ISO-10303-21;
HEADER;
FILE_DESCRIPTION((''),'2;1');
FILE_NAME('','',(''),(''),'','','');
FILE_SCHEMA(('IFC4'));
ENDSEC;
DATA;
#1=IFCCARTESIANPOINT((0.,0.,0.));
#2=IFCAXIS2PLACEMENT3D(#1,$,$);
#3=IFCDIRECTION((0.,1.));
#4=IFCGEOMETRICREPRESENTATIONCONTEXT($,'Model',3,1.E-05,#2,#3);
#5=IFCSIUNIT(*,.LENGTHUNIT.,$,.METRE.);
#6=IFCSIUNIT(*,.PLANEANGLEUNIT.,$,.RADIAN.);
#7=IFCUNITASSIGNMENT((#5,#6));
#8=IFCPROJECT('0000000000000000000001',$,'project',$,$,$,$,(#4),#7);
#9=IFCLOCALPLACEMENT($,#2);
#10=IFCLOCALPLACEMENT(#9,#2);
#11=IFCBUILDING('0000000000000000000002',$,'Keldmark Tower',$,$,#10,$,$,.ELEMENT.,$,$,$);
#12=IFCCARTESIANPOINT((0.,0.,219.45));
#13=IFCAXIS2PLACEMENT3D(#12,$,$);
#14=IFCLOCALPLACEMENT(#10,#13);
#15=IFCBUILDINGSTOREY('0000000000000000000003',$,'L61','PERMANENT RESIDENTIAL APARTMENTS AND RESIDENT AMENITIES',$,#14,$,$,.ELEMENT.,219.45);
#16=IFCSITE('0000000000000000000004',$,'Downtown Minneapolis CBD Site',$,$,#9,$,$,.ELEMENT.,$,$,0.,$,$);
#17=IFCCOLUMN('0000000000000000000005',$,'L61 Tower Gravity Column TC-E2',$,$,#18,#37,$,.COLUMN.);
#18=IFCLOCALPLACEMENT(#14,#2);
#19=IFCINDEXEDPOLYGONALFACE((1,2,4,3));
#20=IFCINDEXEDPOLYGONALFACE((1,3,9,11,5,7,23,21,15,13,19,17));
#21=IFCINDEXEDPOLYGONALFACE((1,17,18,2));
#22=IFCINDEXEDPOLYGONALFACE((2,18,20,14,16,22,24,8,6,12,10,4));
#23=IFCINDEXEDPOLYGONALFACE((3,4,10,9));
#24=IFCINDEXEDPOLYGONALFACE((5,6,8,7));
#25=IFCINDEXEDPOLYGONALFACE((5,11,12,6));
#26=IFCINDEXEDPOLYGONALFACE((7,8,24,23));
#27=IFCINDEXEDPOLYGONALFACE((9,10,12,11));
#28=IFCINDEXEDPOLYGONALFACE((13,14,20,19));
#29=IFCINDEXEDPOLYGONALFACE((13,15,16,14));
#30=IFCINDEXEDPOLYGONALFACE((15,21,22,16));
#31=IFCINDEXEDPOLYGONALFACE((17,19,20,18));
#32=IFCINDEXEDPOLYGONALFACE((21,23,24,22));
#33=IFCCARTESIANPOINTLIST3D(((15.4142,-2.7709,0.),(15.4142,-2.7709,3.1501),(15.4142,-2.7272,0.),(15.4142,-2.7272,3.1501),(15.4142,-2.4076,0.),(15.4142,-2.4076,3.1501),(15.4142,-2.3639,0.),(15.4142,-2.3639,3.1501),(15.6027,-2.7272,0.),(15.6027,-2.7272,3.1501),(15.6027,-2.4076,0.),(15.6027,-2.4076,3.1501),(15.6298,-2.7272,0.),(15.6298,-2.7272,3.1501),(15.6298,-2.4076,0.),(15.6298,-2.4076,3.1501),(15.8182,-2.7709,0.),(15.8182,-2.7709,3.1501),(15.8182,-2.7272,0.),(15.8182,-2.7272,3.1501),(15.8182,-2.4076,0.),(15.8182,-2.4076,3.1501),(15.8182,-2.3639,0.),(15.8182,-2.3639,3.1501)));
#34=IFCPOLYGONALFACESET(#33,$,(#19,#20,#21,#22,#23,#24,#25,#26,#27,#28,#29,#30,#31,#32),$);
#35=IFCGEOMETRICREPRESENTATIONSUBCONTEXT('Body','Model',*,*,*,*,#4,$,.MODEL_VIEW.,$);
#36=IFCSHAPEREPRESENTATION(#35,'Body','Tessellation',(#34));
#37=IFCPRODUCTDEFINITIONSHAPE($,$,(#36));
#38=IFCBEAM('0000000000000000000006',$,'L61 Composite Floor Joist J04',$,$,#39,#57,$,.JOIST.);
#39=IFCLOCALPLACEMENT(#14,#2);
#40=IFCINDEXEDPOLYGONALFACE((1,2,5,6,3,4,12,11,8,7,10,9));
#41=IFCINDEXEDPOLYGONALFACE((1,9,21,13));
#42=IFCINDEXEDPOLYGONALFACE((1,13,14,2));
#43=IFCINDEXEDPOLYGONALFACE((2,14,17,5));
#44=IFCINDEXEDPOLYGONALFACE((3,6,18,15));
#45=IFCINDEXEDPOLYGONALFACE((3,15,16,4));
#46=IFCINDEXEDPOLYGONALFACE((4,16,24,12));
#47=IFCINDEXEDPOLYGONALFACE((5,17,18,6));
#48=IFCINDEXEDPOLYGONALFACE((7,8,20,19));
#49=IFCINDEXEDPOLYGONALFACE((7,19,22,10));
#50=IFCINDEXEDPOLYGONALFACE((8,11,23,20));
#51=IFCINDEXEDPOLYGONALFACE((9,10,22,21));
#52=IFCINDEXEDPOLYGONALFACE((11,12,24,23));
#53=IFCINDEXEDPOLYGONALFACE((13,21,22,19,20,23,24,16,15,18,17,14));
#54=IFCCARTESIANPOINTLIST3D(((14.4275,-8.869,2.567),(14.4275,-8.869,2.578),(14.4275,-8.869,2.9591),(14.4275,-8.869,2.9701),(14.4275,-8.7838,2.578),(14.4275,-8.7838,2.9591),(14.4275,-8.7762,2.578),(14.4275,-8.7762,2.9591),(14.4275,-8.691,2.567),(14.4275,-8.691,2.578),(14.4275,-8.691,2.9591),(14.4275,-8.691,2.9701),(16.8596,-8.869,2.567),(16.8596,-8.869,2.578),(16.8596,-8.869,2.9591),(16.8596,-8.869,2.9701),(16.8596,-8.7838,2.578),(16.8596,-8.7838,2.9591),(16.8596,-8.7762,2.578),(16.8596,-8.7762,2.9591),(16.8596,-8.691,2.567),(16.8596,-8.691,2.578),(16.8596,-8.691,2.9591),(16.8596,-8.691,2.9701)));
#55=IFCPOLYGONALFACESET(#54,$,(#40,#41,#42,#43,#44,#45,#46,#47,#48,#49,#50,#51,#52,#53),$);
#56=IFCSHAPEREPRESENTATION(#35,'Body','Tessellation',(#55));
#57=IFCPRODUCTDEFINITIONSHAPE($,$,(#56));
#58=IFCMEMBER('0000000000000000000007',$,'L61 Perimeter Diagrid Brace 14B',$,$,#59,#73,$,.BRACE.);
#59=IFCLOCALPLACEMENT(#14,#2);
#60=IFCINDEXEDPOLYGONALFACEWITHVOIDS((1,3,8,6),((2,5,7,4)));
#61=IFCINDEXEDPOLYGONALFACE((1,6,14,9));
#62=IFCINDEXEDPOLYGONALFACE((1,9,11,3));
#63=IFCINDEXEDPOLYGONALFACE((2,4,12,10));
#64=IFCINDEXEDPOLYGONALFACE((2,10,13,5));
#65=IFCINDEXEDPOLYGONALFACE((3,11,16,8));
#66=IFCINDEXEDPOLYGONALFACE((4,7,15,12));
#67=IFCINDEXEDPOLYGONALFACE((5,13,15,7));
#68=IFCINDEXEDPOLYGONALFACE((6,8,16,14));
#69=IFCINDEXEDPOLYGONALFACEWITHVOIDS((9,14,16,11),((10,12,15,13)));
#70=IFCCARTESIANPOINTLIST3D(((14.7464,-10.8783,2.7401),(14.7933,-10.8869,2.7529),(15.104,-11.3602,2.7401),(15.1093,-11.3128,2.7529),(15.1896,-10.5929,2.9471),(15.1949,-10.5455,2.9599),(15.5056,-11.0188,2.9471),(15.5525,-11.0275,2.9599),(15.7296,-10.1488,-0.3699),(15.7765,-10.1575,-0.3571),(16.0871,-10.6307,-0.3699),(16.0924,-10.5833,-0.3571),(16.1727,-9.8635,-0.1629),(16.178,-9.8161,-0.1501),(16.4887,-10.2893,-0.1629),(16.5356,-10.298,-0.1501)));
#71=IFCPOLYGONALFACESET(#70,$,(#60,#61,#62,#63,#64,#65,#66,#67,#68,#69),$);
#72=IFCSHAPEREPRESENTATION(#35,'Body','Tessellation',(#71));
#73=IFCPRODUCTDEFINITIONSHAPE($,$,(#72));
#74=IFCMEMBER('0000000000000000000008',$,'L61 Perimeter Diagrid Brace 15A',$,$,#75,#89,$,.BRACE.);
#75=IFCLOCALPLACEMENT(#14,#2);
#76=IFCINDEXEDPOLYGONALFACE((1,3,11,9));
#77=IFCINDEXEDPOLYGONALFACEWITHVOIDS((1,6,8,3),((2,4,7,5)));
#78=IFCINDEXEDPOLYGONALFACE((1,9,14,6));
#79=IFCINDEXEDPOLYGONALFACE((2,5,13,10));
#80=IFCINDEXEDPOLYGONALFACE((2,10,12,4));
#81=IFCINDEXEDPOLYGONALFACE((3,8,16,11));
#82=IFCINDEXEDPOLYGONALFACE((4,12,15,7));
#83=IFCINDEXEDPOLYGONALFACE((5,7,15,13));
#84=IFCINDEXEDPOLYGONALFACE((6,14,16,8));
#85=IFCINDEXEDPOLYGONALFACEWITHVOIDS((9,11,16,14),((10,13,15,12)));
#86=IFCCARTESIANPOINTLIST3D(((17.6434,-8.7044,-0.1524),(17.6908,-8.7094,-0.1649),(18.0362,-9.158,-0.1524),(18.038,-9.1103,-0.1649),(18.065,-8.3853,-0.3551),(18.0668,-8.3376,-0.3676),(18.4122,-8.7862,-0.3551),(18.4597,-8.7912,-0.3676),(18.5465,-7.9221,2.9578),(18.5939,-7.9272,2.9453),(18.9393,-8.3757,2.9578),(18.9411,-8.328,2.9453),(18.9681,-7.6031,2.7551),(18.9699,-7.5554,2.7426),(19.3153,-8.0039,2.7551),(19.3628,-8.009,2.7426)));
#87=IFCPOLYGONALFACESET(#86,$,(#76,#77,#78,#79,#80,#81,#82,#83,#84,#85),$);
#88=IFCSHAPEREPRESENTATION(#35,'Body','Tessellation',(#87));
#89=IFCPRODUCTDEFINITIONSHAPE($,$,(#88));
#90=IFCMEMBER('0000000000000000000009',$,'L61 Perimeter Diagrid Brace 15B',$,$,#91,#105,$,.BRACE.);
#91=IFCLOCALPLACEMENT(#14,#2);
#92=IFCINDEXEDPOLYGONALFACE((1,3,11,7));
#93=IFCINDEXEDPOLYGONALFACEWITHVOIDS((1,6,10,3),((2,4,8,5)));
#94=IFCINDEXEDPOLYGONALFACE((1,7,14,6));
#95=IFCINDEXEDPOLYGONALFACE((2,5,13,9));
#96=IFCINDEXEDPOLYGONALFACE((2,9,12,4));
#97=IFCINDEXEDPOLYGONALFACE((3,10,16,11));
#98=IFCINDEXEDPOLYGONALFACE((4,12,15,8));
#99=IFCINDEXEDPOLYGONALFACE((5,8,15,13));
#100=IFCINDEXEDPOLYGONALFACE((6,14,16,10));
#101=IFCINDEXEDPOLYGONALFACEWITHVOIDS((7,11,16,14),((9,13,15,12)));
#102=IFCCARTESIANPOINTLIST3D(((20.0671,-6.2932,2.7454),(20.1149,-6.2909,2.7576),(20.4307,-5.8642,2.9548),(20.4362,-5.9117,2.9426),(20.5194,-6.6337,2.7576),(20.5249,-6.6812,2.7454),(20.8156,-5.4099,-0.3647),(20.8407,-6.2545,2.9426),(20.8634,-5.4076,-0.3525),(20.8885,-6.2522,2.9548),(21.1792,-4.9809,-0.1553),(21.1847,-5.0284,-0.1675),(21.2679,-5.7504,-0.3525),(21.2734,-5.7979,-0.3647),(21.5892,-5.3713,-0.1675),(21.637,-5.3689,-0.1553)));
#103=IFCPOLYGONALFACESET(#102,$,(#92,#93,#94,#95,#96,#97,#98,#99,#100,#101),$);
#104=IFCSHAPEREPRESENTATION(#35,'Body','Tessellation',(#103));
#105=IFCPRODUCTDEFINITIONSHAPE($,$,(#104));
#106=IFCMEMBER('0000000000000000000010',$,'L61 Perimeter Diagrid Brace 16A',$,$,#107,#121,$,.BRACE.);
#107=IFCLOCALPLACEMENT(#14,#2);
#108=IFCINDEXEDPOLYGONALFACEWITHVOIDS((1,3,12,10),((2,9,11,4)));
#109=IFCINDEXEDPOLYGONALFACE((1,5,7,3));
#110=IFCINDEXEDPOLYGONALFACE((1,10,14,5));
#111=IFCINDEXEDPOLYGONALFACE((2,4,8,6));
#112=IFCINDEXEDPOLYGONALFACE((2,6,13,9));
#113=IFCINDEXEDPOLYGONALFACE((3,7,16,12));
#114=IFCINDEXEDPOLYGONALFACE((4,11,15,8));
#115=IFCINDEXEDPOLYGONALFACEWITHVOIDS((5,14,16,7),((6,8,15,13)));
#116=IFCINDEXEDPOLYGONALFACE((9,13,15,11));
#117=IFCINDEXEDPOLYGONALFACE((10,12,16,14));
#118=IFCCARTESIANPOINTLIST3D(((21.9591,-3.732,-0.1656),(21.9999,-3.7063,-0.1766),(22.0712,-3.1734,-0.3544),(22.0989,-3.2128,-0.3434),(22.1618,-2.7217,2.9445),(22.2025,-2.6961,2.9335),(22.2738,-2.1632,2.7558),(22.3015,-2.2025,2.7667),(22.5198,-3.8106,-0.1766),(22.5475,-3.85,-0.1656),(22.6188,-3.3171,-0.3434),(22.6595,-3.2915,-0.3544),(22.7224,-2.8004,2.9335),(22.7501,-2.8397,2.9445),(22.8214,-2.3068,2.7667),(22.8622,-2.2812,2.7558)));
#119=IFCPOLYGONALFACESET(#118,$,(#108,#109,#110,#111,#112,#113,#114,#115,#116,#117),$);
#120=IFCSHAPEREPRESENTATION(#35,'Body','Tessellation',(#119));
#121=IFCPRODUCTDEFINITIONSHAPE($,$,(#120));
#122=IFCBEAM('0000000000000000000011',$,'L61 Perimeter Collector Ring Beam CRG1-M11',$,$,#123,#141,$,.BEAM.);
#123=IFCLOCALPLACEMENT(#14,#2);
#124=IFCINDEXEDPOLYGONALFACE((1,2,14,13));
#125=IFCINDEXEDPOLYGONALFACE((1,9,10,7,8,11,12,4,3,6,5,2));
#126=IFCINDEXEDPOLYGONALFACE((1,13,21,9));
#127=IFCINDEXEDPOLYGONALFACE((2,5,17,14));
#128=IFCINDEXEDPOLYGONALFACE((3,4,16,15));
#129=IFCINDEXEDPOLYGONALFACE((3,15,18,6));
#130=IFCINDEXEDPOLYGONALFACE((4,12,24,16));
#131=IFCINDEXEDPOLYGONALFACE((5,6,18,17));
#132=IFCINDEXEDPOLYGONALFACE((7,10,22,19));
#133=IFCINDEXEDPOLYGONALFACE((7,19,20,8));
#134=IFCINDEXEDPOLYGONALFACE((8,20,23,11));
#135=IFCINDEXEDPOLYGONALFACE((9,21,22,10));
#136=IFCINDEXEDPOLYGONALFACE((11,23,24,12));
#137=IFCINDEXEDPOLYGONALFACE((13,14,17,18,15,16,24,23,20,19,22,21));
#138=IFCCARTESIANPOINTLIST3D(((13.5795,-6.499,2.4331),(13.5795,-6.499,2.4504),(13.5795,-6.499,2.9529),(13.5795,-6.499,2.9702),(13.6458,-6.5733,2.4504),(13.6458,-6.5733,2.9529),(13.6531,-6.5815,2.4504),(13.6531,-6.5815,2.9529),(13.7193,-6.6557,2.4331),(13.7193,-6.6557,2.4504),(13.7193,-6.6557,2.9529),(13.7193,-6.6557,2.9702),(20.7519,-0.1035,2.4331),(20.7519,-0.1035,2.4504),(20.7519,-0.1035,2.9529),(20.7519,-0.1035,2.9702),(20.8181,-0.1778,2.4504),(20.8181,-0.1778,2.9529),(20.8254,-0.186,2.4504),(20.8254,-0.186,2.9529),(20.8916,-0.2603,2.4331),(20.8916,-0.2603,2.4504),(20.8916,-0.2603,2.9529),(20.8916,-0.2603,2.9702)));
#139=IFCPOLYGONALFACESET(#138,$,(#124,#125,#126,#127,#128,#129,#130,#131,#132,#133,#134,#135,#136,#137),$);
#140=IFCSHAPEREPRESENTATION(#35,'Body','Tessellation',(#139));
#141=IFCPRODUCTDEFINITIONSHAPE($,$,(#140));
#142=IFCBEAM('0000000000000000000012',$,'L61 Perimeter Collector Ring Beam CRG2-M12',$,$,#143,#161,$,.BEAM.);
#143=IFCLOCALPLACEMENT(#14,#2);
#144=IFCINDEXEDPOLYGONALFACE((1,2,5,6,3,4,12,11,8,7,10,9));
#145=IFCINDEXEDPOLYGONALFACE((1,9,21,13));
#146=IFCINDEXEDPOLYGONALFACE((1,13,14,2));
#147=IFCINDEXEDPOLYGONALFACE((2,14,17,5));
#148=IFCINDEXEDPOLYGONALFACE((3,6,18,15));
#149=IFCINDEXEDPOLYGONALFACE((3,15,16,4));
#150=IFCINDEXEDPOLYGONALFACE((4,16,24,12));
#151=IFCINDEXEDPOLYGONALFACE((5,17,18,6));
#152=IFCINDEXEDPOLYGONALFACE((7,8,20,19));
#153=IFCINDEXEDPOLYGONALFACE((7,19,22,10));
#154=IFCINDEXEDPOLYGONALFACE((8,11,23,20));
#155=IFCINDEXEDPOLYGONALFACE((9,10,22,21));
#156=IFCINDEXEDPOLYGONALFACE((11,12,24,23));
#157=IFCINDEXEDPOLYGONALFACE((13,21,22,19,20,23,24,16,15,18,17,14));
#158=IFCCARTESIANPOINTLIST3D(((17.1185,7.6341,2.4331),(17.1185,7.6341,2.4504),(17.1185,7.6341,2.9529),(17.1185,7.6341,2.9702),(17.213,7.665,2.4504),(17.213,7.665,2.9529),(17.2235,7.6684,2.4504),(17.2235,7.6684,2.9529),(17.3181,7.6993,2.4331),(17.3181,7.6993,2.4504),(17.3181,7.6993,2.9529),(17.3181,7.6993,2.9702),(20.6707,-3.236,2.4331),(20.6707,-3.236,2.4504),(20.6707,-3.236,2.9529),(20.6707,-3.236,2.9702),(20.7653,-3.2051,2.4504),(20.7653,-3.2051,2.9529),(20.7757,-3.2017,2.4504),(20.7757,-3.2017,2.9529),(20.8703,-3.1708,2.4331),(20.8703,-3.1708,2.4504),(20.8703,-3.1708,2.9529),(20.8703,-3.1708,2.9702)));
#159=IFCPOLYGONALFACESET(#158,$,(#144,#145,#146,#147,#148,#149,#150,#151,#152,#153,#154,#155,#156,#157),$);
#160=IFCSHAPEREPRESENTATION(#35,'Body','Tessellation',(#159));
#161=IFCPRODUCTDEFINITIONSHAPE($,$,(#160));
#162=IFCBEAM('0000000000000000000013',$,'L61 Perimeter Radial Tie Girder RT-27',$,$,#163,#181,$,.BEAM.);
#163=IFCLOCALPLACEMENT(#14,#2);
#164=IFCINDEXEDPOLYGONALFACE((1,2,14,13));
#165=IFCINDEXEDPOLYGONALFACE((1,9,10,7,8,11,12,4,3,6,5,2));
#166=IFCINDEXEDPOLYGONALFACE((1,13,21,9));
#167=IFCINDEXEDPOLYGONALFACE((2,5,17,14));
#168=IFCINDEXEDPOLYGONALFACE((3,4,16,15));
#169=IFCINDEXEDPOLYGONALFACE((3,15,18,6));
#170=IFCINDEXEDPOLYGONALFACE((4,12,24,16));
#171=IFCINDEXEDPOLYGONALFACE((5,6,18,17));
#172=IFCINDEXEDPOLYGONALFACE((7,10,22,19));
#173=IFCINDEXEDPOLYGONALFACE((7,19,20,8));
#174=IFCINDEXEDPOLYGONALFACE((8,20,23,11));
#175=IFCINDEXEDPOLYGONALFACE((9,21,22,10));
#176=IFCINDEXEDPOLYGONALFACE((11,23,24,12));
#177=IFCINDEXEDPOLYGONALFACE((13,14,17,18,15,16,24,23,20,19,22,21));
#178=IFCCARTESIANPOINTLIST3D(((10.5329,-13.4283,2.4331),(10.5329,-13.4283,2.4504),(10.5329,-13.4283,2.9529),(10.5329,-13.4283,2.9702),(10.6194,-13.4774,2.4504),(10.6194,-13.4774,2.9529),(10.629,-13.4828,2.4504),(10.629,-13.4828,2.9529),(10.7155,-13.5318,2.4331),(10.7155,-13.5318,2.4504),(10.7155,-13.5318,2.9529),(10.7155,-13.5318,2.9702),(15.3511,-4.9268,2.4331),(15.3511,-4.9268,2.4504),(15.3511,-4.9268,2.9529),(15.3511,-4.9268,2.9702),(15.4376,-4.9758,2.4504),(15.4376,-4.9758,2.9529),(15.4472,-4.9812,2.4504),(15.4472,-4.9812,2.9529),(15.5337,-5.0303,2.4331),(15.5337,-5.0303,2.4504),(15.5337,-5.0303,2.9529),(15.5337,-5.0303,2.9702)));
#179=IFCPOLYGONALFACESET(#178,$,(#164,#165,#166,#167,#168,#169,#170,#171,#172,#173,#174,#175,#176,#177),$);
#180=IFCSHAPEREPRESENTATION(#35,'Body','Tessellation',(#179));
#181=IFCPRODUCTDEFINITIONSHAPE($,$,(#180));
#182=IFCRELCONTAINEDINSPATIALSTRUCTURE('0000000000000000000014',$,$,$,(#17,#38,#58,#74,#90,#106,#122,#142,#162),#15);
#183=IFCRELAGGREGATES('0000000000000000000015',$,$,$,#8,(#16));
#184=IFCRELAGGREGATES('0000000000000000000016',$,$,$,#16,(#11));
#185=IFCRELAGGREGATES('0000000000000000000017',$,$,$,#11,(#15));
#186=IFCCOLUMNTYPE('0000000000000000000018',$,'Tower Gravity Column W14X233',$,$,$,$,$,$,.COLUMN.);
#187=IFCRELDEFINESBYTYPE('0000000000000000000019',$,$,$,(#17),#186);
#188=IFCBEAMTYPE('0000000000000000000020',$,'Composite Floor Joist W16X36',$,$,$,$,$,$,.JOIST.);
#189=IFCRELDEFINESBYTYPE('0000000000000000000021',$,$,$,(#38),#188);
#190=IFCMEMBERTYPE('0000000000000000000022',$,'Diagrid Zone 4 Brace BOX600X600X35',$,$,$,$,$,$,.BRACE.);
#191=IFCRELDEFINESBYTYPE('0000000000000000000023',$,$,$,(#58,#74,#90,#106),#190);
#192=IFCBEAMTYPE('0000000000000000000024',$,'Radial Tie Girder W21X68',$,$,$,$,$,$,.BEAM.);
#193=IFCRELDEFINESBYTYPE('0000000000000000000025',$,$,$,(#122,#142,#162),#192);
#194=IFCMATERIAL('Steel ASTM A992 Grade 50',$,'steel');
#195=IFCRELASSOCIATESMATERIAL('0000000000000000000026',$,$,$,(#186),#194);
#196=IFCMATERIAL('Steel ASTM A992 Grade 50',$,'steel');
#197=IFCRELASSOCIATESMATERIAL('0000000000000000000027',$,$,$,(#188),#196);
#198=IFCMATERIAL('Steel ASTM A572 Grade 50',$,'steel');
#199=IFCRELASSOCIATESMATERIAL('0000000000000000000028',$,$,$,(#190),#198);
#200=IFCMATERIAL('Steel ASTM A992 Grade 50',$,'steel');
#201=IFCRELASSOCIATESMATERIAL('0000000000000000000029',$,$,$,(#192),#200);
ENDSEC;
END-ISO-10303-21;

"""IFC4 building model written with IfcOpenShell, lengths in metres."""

from ifc_helpers import new_model, si_unit, direction, frame, origin, origin_2d, place, context, subcontext, project, spatial, hollow_rectangle, i_section, extrude, material, material_profile, profile_set, type_object, element, save


model = new_model("IFC4")

# Units and contexts
model_context = context("Model", 3, precision=1e-05, world=origin(), true_north=direction((0.0, 1.0)))
body_context = subcontext(model_context, "Body", "Model", "MODEL_VIEW")
ifc_project = project(units=[si_unit("LENGTHUNIT", "METRE"), si_unit("PLANEANGLEUNIT", "RADIAN")], contexts=[model_context])

# Site, building, storey
site_placement = place(None, origin())
site = spatial("IfcSite", under=ifc_project, at=site_placement, Name="Downtown Minneapolis CBD Site", CompositionType="ELEMENT", RefElevation=0.0)
building_placement = place(site_placement, origin())
building = spatial("IfcBuilding", under=site, at=building_placement, Name="Keldmark Tower", CompositionType="ELEMENT")
storey_placement = place(building_placement, frame((0.0, 0.0, 219.45)))
storey = spatial("IfcBuildingStorey", under=building, at=storey_placement, Name="L61", Description="PERMANENT RESIDENTIAL APARTMENTS AND RESIDENT AMENITIES", CompositionType="ELEMENT", Elevation=219.45)

# Column
ifc_material_1 = material(Name="Steel ASTM A992 Grade 50", Category="steel")
ifc_material_profile_1 = material_profile(ifc_material_1, i_section(OverallWidth=0.4041, OverallDepth=0.407, WebThickness=0.0271, FlangeThickness=0.0437, at=origin_2d()), Name="W14X233")
ifc_profile_set_1 = profile_set([ifc_material_profile_1], Name="Steel ASTM A992 Grade 50")
column_type = type_object("IfcColumnType", Name="Tower Gravity Column W14X233", PredefinedType="COLUMN", material=ifc_profile_set_1)
column_placement = place(storey_placement, frame((15.6162, -2.5674, 0.0), z_axis=(0.0, 0.0, 1.0), x_axis=(1.0, 0.0, 0.0)))
element("IfcColumn", 1, at=column_placement, inside=storey, type_object=column_type, Name="L61 Tower Gravity Column TC-E2", PredefinedType="COLUMN", context=body_context, shape_type="SweptSolid", body=[
    extrude(i_section(OverallWidth=0.4041, OverallDepth=0.407, WebThickness=0.0271, FlangeThickness=0.0437, at=origin_2d()), origin(), (0.0, 0.0, 1.0), 3.1501),
])

# Beam
ifc_material_2 = material(Name="Steel ASTM A992 Grade 50", Category="steel")
ifc_material_profile_2 = material_profile(ifc_material_2, i_section(OverallWidth=0.178, OverallDepth=0.4031, WebThickness=0.0076, FlangeThickness=0.011, at=origin_2d()), Name="W16X36")
ifc_profile_set_2 = profile_set([ifc_material_profile_2], Name="Steel ASTM A992 Grade 50")
beam_type_1 = type_object("IfcBeamType", Name="Composite Floor Joist W16X36", PredefinedType="JOIST", material=ifc_profile_set_2)
beam_1_placement = place(storey_placement, frame((14.4275, -8.78, 2.7686), z_axis=(1.0, 0.0, 0.0), x_axis=(0.0, 1.0, 0.0)))
element("IfcBeam", 2, at=beam_1_placement, inside=storey, type_object=beam_type_1, Name="L61 Composite Floor Joist J04", PredefinedType="JOIST", context=body_context, shape_type="SweptSolid", body=[
    extrude(i_section(OverallWidth=0.178, OverallDepth=0.4031, WebThickness=0.0076, FlangeThickness=0.011, at=origin_2d()), origin(), (0.0, 0.0, 1.0), 2.4321),
])

# Members
ifc_material_3 = material(Name="Steel ASTM A572 Grade 50", Category="steel")
ifc_material_profile_3 = material_profile(ifc_material_3, hollow_rectangle(XDim=0.6001, YDim=0.6001, WallThickness=0.0349, at=origin_2d()), Name="BOX600X600X35")
ifc_profile_set_3 = profile_set([ifc_material_profile_3], Name="Steel ASTM A572 Grade 50")
member_type = type_object("IfcMemberType", Name="Diagrid Zone 4 Brace BOX600X600X35", PredefinedType="BRACE", material=ifc_profile_set_3)
member_1_placement = place(storey_placement, frame((16.1326, -10.2234, -0.26), z_axis=(-0.294148, -0.218255, 0.930506), x_axis=(0.595876, -0.803076, 0.0)))
element("IfcMember", 3, at=member_1_placement, inside=storey, type_object=member_type, Name="L61 Perimeter Diagrid Brace 14B", PredefinedType="BRACE", context=body_context, shape_type="SweptSolid", body=[
    extrude(hollow_rectangle(XDim=0.6001, YDim=0.6001, WallThickness=0.0349, at=origin_2d()), origin(), (0.0, 0.0, 1.0), 3.3423),
])
member_2_placement = place(storey_placement, frame((18.0515, -8.7478, -0.26), z_axis=(0.271056, 0.234783, 0.933491), x_axis=(-0.65472, 0.755871, 0.0)))
element("IfcMember", 4, at=member_2_placement, inside=storey, type_object=member_type, Name="L61 Perimeter Diagrid Brace 15A", PredefinedType="BRACE", context=body_context, shape_type="SweptSolid", body=[
    extrude(hollow_rectangle(XDim=0.6001, YDim=0.6001, WallThickness=0.0349, at=origin_2d()), origin(), (0.0, 0.0, 1.0), 3.3318),
])
member_3_placement = place(storey_placement, frame((21.2263, -5.3894, -0.26), z_axis=(-0.225556, -0.266164, 0.937167), x_axis=(0.762906, -0.646509, 0.0)))
element("IfcMember", 5, at=member_3_placement, inside=storey, type_object=member_type, Name="L61 Perimeter Diagrid Brace 15B", PredefinedType="BRACE", context=body_context, shape_type="SweptSolid", body=[
    extrude(hollow_rectangle(XDim=0.6001, YDim=0.6001, WallThickness=0.0349, at=origin_2d()), origin(), (0.0, 0.0, 1.0), 3.3186),
])
member_4_placement = place(storey_placement, frame((22.3093, -3.5117, -0.26), z_axis=(0.061848, 0.308348, 0.949261), x_axis=(-0.980471, 0.196663, 0.0)))
element("IfcMember", 6, at=member_4_placement, inside=storey, type_object=member_type, Name="L61 Perimeter Diagrid Brace 16A", PredefinedType="BRACE", context=body_context, shape_type="SweptSolid", body=[
    extrude(hollow_rectangle(XDim=0.6001, YDim=0.6001, WallThickness=0.0349, at=origin_2d()), origin(), (0.0, 0.0, 1.0), 3.2764),
])

# Beams
ifc_material_4 = material(Name="Steel ASTM A992 Grade 50", Category="steel")
ifc_material_profile_4 = material_profile(ifc_material_4, i_section(OverallWidth=0.21, OverallDepth=0.5371, WebThickness=0.011, FlangeThickness=0.0173, at=origin_2d()), Name="W21X68")
ifc_profile_set_4 = profile_set([ifc_material_profile_4], Name="Steel ASTM A992 Grade 50")
beam_type_2 = type_object("IfcBeamType", Name="Radial Tie Girder W21X68", PredefinedType="BEAM", material=ifc_profile_set_4)
beam_2_placement = place(storey_placement, frame((13.6494, -6.5774, 2.7017), z_axis=(0.746371, 0.66553, 0.0), x_axis=(-0.66553, 0.746371, 0.0)))
element("IfcBeam", 7, at=beam_2_placement, inside=storey, type_object=beam_type_2, Name="L61 Perimeter Collector Ring Beam CRG1-M11", PredefinedType="BEAM", context=body_context, shape_type="SweptSolid", body=[
    extrude(i_section(OverallWidth=0.21, OverallDepth=0.5371, WebThickness=0.011, FlangeThickness=0.0173, at=origin_2d()), origin(), (0.0, 0.0, 1.0), 9.6096),
])
beam_3_placement = place(storey_placement, frame((20.7705, -3.2034, 2.7017), z_axis=(-0.310625, 0.950533, 0.0), x_axis=(-0.950533, -0.310625, 0.0)))
element("IfcBeam", 8, at=beam_3_placement, inside=storey, type_object=beam_type_2, Name="L61 Perimeter Collector Ring Beam CRG2-M12", PredefinedType="BEAM", context=body_context, shape_type="SweptSolid", body=[
    extrude(i_section(OverallWidth=0.21, OverallDepth=0.5371, WebThickness=0.011, FlangeThickness=0.0173, at=origin_2d()), origin(), (0.0, 0.0, 1.0), 11.4358),
])
beam_4_placement = place(storey_placement, frame((15.4424, -4.9785, 2.7017), z_axis=(-0.49306, -0.869995, 0.0), x_axis=(0.869995, -0.49306, 0.0)))
element("IfcBeam", 9, at=beam_4_placement, inside=storey, type_object=beam_type_2, Name="L61 Perimeter Radial Tie Girder RT-27", PredefinedType="BEAM", context=body_context, shape_type="SweptSolid", body=[
    extrude(i_section(OverallWidth=0.21, OverallDepth=0.5371, WebThickness=0.011, FlangeThickness=0.0173, at=origin_2d()), origin(), (0.0, 0.0, 1.0), 9.772),
])

save(model, "model.ifc")
